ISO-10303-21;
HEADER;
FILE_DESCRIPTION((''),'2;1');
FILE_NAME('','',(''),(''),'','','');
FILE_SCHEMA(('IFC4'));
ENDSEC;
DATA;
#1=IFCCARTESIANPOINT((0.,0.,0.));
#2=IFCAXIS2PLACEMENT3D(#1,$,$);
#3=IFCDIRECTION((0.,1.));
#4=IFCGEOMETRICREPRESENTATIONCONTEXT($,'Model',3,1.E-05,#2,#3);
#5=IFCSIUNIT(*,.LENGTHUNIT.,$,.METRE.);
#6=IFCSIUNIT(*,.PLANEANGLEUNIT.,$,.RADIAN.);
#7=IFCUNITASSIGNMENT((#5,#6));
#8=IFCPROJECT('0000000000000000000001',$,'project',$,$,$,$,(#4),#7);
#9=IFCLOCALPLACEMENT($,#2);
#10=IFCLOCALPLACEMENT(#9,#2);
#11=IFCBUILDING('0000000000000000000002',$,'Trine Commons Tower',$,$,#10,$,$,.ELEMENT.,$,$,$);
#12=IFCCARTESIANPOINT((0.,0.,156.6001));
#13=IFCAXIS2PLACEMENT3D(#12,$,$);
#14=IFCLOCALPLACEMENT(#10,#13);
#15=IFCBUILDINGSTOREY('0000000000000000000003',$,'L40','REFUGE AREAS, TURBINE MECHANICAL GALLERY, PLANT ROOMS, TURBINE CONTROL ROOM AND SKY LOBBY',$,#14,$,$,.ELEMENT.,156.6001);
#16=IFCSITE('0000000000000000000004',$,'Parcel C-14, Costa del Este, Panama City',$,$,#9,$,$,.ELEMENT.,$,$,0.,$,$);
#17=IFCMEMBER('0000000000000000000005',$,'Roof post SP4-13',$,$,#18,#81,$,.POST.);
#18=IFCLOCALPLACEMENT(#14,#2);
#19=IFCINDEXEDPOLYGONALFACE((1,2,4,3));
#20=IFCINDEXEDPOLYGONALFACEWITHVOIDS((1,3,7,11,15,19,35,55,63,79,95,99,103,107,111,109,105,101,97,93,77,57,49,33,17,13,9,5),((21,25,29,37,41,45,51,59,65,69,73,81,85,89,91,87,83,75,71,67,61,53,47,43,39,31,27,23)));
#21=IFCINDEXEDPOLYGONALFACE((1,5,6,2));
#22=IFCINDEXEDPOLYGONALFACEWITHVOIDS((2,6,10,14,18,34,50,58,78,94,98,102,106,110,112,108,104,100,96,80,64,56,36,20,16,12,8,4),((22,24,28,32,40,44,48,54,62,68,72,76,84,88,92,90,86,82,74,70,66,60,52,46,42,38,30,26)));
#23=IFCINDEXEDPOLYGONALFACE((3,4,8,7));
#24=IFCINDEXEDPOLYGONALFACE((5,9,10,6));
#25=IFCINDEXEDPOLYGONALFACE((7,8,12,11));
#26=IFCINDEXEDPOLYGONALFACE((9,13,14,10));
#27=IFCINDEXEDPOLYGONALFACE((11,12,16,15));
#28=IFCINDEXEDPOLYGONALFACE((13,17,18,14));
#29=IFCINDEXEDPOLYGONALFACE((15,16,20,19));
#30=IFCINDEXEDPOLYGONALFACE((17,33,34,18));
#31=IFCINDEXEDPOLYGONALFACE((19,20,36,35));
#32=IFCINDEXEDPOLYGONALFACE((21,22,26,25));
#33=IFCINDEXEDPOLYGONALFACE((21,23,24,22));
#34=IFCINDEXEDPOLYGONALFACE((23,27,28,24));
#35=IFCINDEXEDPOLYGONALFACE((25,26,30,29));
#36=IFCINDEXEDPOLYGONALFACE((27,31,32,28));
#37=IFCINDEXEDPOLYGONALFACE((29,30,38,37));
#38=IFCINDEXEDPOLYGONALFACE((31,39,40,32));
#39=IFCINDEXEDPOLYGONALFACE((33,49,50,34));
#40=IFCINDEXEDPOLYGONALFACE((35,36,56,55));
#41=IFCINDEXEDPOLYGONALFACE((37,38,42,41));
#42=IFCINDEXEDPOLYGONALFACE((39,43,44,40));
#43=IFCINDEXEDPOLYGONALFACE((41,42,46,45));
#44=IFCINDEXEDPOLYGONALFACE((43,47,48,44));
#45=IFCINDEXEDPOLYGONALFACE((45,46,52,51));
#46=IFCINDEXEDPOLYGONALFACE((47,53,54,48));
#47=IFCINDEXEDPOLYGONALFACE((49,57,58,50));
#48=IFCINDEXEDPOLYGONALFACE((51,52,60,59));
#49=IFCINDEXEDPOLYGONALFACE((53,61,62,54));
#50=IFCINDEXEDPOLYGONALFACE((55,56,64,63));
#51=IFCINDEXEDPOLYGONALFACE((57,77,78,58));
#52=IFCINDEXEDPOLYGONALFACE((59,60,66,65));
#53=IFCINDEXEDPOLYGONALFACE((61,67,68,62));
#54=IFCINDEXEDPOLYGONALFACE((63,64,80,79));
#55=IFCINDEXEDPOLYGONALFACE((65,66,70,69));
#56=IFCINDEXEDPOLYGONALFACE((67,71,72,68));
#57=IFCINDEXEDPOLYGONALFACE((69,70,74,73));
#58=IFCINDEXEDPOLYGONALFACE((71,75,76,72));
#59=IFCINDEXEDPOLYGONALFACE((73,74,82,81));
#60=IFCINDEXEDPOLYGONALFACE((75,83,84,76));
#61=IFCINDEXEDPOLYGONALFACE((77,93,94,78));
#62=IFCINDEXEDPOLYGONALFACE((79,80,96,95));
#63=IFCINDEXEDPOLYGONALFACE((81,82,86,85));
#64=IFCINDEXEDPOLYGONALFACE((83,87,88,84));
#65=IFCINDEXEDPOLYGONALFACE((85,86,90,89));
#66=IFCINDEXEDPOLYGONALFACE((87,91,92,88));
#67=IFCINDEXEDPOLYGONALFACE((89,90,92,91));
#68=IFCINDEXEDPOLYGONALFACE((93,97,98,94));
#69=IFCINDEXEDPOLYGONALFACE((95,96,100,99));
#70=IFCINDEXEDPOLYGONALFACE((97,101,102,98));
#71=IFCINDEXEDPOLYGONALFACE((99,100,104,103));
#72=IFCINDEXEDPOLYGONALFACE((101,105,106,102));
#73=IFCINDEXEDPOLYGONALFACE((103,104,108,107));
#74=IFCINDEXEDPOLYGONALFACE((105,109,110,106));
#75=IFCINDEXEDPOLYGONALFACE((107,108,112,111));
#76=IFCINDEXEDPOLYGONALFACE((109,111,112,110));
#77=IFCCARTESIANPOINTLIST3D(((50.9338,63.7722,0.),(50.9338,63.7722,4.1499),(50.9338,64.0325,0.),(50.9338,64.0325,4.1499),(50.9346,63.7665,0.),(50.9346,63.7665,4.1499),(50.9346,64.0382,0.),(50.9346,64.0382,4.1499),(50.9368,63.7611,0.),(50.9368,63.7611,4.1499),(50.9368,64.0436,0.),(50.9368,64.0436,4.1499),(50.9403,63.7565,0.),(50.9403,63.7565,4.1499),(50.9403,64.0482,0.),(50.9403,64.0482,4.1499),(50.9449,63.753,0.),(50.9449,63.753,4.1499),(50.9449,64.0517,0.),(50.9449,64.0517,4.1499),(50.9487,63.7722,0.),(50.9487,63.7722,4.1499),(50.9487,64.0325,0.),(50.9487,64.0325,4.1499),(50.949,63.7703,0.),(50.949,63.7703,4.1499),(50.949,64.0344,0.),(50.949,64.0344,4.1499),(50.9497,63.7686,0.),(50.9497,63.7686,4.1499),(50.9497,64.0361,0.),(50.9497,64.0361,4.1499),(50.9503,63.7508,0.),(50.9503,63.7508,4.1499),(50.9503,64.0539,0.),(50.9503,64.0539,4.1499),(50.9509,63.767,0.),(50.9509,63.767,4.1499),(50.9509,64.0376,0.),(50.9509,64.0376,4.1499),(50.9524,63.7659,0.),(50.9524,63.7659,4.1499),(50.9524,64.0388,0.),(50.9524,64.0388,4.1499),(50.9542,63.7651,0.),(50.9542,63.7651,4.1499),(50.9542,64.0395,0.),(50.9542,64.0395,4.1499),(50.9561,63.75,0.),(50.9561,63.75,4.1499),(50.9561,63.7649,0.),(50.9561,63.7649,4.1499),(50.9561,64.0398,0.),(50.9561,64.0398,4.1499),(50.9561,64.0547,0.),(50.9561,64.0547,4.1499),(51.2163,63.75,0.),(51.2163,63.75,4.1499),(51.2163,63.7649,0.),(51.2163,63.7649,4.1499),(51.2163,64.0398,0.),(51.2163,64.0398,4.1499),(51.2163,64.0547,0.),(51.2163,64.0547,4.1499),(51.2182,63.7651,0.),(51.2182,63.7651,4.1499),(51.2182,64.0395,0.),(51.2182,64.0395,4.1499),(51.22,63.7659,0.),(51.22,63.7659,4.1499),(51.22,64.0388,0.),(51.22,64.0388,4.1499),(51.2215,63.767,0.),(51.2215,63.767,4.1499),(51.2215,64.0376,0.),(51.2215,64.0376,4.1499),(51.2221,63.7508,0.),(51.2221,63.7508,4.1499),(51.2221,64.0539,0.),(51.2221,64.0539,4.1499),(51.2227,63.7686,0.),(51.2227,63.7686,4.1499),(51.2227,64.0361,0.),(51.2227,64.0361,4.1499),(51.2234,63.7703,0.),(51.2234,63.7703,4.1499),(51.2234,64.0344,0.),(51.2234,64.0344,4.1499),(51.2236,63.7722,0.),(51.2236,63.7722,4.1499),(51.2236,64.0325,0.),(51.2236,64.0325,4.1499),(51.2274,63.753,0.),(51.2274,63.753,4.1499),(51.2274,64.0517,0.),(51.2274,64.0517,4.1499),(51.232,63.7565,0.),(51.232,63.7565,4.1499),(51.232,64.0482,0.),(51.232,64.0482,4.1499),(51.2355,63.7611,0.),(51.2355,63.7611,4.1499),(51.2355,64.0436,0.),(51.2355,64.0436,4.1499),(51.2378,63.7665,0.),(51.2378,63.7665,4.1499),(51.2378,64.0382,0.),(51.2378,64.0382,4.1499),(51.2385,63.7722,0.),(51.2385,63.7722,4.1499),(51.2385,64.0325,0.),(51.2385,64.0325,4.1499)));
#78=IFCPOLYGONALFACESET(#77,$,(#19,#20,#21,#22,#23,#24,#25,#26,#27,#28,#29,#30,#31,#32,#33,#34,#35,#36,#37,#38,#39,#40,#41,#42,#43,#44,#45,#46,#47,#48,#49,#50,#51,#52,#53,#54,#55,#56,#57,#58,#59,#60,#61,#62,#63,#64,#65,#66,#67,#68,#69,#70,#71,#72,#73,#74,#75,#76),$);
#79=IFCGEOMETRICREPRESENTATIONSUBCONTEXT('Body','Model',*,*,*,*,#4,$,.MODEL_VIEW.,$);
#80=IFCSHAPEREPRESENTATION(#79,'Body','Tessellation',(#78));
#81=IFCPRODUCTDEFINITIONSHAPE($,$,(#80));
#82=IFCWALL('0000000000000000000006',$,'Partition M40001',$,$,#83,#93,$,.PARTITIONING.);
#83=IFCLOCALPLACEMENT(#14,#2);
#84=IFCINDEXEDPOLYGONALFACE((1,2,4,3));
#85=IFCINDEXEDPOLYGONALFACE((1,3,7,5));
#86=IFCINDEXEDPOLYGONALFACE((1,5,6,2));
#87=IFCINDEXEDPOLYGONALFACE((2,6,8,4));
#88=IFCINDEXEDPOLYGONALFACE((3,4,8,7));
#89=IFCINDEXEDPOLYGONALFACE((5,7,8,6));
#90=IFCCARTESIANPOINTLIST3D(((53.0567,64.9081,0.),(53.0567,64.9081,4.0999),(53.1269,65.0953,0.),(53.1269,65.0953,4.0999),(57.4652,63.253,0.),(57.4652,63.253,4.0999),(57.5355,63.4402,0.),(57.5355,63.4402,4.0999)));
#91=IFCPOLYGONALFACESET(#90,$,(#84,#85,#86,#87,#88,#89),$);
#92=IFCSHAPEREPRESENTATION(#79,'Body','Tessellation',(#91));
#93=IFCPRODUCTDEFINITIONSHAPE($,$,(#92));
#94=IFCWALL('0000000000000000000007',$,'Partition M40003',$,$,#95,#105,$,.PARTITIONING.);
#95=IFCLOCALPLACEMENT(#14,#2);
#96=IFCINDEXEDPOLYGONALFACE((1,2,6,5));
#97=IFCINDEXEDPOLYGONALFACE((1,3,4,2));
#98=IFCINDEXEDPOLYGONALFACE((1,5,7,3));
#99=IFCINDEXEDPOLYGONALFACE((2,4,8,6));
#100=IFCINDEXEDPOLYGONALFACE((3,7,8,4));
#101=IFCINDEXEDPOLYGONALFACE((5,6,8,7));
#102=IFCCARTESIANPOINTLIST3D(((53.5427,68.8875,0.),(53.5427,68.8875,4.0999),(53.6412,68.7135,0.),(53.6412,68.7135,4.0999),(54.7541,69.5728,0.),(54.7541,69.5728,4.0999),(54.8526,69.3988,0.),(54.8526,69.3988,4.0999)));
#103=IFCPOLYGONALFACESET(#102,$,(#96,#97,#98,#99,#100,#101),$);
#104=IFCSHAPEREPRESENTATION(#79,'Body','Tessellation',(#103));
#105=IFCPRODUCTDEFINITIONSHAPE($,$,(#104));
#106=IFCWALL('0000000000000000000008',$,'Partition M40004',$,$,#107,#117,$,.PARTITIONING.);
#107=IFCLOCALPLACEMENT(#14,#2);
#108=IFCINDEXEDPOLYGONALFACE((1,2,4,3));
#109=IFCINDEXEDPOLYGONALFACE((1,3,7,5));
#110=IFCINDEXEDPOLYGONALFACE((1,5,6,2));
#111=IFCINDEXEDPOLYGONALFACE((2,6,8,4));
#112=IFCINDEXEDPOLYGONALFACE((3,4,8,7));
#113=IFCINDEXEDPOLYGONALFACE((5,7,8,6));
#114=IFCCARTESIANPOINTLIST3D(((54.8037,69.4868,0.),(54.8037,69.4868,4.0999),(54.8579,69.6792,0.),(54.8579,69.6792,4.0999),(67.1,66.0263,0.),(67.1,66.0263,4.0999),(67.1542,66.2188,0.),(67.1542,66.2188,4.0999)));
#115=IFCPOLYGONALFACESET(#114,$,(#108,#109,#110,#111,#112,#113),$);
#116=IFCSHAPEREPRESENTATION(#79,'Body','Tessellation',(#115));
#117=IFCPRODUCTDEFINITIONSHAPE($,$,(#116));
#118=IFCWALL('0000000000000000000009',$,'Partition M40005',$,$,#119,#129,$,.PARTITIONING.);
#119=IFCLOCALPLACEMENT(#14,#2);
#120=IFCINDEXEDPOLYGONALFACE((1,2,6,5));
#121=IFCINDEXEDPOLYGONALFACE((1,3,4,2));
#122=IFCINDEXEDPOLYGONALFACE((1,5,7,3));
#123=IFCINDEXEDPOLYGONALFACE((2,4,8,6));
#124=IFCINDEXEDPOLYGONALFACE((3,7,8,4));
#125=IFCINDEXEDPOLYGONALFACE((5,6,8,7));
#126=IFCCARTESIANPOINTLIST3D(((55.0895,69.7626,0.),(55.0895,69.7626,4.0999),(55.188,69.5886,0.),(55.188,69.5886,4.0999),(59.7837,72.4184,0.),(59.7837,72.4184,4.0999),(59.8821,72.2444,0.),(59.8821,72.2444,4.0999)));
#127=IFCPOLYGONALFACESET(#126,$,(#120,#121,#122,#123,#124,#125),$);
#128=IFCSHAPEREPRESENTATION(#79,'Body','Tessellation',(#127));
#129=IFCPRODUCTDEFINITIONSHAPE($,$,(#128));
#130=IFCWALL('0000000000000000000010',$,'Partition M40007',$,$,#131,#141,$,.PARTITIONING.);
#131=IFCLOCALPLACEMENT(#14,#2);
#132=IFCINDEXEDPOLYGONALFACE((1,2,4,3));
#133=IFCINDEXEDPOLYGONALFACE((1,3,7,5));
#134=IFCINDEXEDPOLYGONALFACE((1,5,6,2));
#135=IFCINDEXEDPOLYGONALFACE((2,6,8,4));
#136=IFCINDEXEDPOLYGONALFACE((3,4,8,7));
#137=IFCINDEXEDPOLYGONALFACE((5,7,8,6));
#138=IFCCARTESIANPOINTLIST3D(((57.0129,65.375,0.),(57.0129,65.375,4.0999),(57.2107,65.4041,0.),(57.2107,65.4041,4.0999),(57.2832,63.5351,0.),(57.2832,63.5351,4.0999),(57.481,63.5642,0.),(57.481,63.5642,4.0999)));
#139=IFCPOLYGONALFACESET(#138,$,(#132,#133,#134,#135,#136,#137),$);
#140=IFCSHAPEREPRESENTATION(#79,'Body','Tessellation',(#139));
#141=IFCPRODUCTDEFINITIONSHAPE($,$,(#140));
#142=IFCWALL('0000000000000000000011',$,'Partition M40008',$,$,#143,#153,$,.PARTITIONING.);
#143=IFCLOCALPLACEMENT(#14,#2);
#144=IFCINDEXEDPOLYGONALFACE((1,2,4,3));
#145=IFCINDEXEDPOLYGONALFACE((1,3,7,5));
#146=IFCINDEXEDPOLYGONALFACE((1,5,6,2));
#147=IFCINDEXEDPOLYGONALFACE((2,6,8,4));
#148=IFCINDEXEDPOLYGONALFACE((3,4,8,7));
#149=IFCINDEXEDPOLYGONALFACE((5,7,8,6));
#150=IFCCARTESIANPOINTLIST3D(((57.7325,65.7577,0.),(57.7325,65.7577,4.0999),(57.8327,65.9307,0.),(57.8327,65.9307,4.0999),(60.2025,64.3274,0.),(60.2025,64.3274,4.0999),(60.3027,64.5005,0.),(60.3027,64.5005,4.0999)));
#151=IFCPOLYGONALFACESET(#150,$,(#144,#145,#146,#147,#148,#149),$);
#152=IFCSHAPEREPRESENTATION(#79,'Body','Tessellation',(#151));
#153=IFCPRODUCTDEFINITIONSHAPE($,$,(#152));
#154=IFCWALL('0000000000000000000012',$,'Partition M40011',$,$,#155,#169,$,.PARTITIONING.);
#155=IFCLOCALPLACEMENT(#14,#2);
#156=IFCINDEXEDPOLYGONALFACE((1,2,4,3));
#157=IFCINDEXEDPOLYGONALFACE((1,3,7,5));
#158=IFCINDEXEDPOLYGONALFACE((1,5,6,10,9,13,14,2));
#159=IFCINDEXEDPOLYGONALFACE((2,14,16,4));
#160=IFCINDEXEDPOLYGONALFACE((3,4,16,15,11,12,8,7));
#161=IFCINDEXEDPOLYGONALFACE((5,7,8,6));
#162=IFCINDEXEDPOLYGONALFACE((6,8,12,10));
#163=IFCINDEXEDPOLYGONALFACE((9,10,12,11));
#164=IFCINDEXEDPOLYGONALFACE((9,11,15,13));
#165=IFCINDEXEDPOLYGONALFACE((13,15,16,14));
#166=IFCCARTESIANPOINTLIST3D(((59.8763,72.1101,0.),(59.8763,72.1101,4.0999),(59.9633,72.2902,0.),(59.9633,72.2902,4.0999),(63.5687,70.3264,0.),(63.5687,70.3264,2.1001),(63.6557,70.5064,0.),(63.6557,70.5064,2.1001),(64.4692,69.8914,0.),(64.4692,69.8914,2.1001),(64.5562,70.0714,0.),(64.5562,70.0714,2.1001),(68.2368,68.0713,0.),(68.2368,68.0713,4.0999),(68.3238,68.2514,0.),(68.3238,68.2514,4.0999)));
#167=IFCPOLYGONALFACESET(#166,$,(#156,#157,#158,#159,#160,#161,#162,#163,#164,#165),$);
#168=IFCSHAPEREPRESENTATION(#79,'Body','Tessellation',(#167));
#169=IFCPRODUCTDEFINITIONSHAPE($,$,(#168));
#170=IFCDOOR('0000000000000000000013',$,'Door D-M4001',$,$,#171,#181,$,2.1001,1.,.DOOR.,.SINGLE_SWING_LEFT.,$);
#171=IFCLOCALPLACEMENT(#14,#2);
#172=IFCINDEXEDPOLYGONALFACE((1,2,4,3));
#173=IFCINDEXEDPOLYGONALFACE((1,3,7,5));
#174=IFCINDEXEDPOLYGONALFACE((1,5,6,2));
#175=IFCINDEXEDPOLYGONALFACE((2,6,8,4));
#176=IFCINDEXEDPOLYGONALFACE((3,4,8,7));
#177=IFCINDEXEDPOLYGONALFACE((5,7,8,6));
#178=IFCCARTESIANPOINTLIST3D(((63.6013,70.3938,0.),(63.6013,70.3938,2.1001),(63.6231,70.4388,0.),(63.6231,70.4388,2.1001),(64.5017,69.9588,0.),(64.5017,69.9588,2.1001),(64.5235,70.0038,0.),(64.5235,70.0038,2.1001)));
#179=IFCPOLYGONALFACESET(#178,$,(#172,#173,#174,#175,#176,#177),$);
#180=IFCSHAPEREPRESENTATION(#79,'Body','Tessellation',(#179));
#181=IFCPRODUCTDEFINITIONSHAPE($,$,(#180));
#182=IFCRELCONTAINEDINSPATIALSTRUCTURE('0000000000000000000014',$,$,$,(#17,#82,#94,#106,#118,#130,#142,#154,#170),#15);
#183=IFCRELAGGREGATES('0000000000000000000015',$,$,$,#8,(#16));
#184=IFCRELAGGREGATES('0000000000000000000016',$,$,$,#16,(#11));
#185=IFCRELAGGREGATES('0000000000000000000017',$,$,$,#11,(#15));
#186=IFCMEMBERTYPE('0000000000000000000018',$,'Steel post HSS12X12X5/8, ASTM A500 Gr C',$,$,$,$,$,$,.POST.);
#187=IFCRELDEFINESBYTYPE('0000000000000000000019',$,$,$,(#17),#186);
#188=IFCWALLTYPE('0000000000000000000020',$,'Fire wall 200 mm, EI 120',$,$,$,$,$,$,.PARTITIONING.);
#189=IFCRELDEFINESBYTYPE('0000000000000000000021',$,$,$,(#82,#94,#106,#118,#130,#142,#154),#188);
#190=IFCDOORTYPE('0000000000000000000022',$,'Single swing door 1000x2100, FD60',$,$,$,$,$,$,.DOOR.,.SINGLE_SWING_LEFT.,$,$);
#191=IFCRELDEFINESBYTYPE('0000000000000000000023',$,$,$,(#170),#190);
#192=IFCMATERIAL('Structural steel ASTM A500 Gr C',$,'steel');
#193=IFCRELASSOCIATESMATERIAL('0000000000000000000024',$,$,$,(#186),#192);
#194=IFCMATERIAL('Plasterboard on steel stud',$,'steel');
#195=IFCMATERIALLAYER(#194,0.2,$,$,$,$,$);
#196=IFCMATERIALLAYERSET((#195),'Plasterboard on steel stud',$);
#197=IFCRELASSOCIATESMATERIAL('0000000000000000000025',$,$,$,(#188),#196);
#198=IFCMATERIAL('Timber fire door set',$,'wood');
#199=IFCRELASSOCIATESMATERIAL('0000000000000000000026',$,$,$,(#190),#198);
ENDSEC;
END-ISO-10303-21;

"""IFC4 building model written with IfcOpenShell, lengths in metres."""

from ifc_helpers import new_model, si_unit, direction, frame, frame_2d, origin, origin_2d, place, context, subcontext, project, spatial, rectangle, hollow_rectangle, extrude, material, layer, layer_set, material_profile, profile_set, type_object, element, fill, save


model = new_model("IFC4")

# Units and contexts
model_context = context("Model", 3, precision=1e-05, world=origin(), true_north=direction((0.0, 1.0)))
body_context = subcontext(model_context, "Body", "Model", "MODEL_VIEW")
ifc_project = project(units=[si_unit("LENGTHUNIT", "METRE"), si_unit("PLANEANGLEUNIT", "RADIAN")], contexts=[model_context])

# Site, building, storey
site_placement = place(None, origin())
site = spatial("IfcSite", under=ifc_project, at=site_placement, Name="Parcel C-14, Costa del Este, Panama City", CompositionType="ELEMENT", RefElevation=0.0)
building_placement = place(site_placement, origin())
building = spatial("IfcBuilding", under=site, at=building_placement, Name="Trine Commons Tower", CompositionType="ELEMENT")
storey_placement = place(building_placement, frame((0.0, 0.0, 156.6001)))
storey = spatial("IfcBuildingStorey", under=building, at=storey_placement, Name="L40", Description="REFUGE AREAS, TURBINE MECHANICAL GALLERY, PLANT ROOMS, TURBINE CONTROL ROOM AND SKY LOBBY", CompositionType="ELEMENT", Elevation=156.6001)

# Member
ifc_material_1 = material(Name="Structural steel ASTM A500 Gr C", Category="steel")
ifc_material_profile_1 = material_profile(ifc_material_1, hollow_rectangle(XDim=0.3047, YDim=0.3047, WallThickness=0.0149, InnerFilletRadius=0.0073, OuterFilletRadius=0.0222, at=origin_2d()), Name="HSS12X12X5/8")
ifc_profile_set_1 = profile_set([ifc_material_profile_1], Name="Structural steel ASTM A500 Gr C")
member_type_1 = type_object("IfcMemberType", Name="Steel post HSS12X12X5/8, ASTM A500 Gr C", PredefinedType="POST", material=ifc_profile_set_1)
member_1_placement = place(storey_placement, frame((51.0862, 63.9023, 0.0), z_axis=(0.0, 0.0, 1.0), x_axis=(1.0, 0.0, 0.0)))
element("IfcMember", 1, at=member_1_placement, inside=storey, type_object=member_type_1, Name="Roof post SP4-13", PredefinedType="POST", context=body_context, shape_type="SweptSolid", body=[
    extrude(hollow_rectangle(XDim=0.3047, YDim=0.3047, WallThickness=0.0149, InnerFilletRadius=0.0073, OuterFilletRadius=0.0222, at=origin_2d()), origin(), (0.0, 0.0, 1.0), 4.1499),
])

# Walls
ifc_material_2 = material(Name="Plasterboard on steel stud", Category="steel")
ifc_layer_1 = layer(ifc_material_2, 0.2)
ifc_layer_set_1 = layer_set([ifc_layer_1], Name="Plasterboard on steel stud")
wall_type_1 = type_object("IfcWallType", Name="Fire wall 200 mm, EI 120", PredefinedType="PARTITIONING", material=ifc_layer_set_1)
wall_1_placement = place(storey_placement, frame((53.0918, 65.0017, 0.0), z_axis=(0.0, 0.0, 1.0), x_axis=(0.936199, -0.35147, 0.0)))
element("IfcWall", 2, at=wall_1_placement, inside=storey, type_object=wall_type_1, Name="Partition M40001", PredefinedType="PARTITIONING", context=body_context, shape_type="SweptSolid", body=[
    extrude(rectangle(XDim=4.709, YDim=0.2, at=frame_2d((2.3545, 0.0))), origin(), (0.0, 0.0, 1.0), 4.0999),
])
wall_2_placement = place(storey_placement, frame((53.592, 68.8005, 0.0), z_axis=(0.0, 0.0, 1.0), x_axis=(0.870383, 0.492375, 0.0)))
element("IfcWall", 3, at=wall_2_placement, inside=storey, type_object=wall_type_1, Name="Partition M40003", PredefinedType="PARTITIONING", context=body_context, shape_type="SweptSolid", body=[
    extrude(rectangle(XDim=1.3918, YDim=0.2, at=frame_2d((0.6958, 0.0))), origin(), (0.0, 0.0, 1.0), 4.0999),
])
wall_3_placement = place(storey_placement, frame((54.8308, 69.583, 0.0), z_axis=(0.0, 0.0, 1.0), x_axis=(0.962608, -0.270897, 0.0)))
element("IfcWall", 4, at=wall_3_placement, inside=storey, type_object=wall_type_1, Name="Partition M40004", PredefinedType="PARTITIONING", context=body_context, shape_type="SweptSolid", body=[
    extrude(rectangle(XDim=12.7739, YDim=0.2, at=frame_2d((6.387, 0.0))), origin(), (0.0, 0.0, 1.0), 4.0999),
])
wall_4_placement = place(storey_placement, frame((55.1387, 69.6755, 0.0), z_axis=(0.0, 0.0, 1.0), x_axis=(0.870358, 0.49242, 0.0)))
element("IfcWall", 5, at=wall_4_placement, inside=storey, type_object=wall_type_1, Name="Partition M40005", PredefinedType="PARTITIONING", context=body_context, shape_type="SweptSolid", body=[
    extrude(rectangle(XDim=5.3933, YDim=0.2, at=frame_2d((2.6968, 0.0))), origin(), (0.0, 0.0, 1.0), 4.0999),
])
wall_5_placement = place(storey_placement, frame((57.1118, 65.3894, 0.0), z_axis=(0.0, 0.0, 1.0), x_axis=(0.145335, -0.989382, 0.0)))
element("IfcWall", 6, at=wall_5_placement, inside=storey, type_object=wall_type_1, Name="Partition M40007", PredefinedType="PARTITIONING", context=body_context, shape_type="SweptSolid", body=[
    extrude(rectangle(XDim=1.8596, YDim=0.2, at=frame_2d((0.9297, 0.0))), origin(), (0.0, 0.0, 1.0), 4.0999),
])
wall_6_placement = place(storey_placement, frame((57.7825, 65.8442, 0.0), z_axis=(0.0, 0.0, 1.0), x_axis=(0.865397, -0.501087, 0.0)))
element("IfcWall", 7, at=wall_6_placement, inside=storey, type_object=wall_type_1, Name="Partition M40008", PredefinedType="PARTITIONING", context=body_context, shape_type="SweptSolid", body=[
    extrude(rectangle(XDim=2.8542, YDim=0.2, at=frame_2d((1.4272, 0.0))), origin(), (0.0, 0.0, 1.0), 4.0999),
])

# Wall, opening, door
wall_7_placement = place(storey_placement, frame((59.9197, 72.2002, 0.0), z_axis=(0.0, 0.0, 1.0), x_axis=(0.900439, -0.434982, 0.0)))
wall_7 = element("IfcWall", 8, at=wall_7_placement, inside=storey, type_object=wall_type_1, Name="Partition M40011", PredefinedType="PARTITIONING", context=body_context, shape_type="SweptSolid", body=[
    extrude(rectangle(XDim=9.2849, YDim=0.2, at=frame_2d((4.6426, 0.0))), origin(), (0.0, 0.0, 1.0), 4.0999),
])
opening_placement = place(wall_7_placement, frame((4.1008, 0.0, 0.0)))
opening = element("IfcOpeningElement", 9, at=opening_placement, cuts=wall_7, PredefinedType="OPENING", context=body_context, shape_type="SweptSolid", body=[
    extrude(rectangle(XDim=1.0, YDim=2.1001, at=frame_2d((0.5, 1.05))), frame((0.0, 0.1099, 0.0), z_axis=(0.0, -1.0, 0.0), x_axis=(1.0, 0.0, 0.0)), (0.0, 0.0, 1.0), 0.22),
])
ifc_material_3 = material(Name="Timber fire door set", Category="wood")
door_type = type_object("IfcDoorType", Name="Single swing door 1000x2100, FD60", OperationType="SINGLE_SWING_LEFT", PredefinedType="DOOR", material=ifc_material_3)
door_placement = place(opening_placement, origin())
door = element("IfcDoor", 10, at=door_placement, inside=storey, type_object=door_type, Name="Door D-M4001", OperationType="SINGLE_SWING_LEFT", OverallHeight=2.1001, OverallWidth=1.0, PredefinedType="DOOR", context=body_context, shape_type="SweptSolid", body=[
    extrude(rectangle(XDim=1.0, YDim=2.1001, at=frame_2d((0.5, 1.05))), frame((0.0, 0.0249, 0.0), z_axis=(0.0, -1.0, 0.0), x_axis=(1.0, 0.0, 0.0)), (0.0, 0.0, 1.0), 0.05),
])
fill(opening, door)

save(model, "model.ifc")
